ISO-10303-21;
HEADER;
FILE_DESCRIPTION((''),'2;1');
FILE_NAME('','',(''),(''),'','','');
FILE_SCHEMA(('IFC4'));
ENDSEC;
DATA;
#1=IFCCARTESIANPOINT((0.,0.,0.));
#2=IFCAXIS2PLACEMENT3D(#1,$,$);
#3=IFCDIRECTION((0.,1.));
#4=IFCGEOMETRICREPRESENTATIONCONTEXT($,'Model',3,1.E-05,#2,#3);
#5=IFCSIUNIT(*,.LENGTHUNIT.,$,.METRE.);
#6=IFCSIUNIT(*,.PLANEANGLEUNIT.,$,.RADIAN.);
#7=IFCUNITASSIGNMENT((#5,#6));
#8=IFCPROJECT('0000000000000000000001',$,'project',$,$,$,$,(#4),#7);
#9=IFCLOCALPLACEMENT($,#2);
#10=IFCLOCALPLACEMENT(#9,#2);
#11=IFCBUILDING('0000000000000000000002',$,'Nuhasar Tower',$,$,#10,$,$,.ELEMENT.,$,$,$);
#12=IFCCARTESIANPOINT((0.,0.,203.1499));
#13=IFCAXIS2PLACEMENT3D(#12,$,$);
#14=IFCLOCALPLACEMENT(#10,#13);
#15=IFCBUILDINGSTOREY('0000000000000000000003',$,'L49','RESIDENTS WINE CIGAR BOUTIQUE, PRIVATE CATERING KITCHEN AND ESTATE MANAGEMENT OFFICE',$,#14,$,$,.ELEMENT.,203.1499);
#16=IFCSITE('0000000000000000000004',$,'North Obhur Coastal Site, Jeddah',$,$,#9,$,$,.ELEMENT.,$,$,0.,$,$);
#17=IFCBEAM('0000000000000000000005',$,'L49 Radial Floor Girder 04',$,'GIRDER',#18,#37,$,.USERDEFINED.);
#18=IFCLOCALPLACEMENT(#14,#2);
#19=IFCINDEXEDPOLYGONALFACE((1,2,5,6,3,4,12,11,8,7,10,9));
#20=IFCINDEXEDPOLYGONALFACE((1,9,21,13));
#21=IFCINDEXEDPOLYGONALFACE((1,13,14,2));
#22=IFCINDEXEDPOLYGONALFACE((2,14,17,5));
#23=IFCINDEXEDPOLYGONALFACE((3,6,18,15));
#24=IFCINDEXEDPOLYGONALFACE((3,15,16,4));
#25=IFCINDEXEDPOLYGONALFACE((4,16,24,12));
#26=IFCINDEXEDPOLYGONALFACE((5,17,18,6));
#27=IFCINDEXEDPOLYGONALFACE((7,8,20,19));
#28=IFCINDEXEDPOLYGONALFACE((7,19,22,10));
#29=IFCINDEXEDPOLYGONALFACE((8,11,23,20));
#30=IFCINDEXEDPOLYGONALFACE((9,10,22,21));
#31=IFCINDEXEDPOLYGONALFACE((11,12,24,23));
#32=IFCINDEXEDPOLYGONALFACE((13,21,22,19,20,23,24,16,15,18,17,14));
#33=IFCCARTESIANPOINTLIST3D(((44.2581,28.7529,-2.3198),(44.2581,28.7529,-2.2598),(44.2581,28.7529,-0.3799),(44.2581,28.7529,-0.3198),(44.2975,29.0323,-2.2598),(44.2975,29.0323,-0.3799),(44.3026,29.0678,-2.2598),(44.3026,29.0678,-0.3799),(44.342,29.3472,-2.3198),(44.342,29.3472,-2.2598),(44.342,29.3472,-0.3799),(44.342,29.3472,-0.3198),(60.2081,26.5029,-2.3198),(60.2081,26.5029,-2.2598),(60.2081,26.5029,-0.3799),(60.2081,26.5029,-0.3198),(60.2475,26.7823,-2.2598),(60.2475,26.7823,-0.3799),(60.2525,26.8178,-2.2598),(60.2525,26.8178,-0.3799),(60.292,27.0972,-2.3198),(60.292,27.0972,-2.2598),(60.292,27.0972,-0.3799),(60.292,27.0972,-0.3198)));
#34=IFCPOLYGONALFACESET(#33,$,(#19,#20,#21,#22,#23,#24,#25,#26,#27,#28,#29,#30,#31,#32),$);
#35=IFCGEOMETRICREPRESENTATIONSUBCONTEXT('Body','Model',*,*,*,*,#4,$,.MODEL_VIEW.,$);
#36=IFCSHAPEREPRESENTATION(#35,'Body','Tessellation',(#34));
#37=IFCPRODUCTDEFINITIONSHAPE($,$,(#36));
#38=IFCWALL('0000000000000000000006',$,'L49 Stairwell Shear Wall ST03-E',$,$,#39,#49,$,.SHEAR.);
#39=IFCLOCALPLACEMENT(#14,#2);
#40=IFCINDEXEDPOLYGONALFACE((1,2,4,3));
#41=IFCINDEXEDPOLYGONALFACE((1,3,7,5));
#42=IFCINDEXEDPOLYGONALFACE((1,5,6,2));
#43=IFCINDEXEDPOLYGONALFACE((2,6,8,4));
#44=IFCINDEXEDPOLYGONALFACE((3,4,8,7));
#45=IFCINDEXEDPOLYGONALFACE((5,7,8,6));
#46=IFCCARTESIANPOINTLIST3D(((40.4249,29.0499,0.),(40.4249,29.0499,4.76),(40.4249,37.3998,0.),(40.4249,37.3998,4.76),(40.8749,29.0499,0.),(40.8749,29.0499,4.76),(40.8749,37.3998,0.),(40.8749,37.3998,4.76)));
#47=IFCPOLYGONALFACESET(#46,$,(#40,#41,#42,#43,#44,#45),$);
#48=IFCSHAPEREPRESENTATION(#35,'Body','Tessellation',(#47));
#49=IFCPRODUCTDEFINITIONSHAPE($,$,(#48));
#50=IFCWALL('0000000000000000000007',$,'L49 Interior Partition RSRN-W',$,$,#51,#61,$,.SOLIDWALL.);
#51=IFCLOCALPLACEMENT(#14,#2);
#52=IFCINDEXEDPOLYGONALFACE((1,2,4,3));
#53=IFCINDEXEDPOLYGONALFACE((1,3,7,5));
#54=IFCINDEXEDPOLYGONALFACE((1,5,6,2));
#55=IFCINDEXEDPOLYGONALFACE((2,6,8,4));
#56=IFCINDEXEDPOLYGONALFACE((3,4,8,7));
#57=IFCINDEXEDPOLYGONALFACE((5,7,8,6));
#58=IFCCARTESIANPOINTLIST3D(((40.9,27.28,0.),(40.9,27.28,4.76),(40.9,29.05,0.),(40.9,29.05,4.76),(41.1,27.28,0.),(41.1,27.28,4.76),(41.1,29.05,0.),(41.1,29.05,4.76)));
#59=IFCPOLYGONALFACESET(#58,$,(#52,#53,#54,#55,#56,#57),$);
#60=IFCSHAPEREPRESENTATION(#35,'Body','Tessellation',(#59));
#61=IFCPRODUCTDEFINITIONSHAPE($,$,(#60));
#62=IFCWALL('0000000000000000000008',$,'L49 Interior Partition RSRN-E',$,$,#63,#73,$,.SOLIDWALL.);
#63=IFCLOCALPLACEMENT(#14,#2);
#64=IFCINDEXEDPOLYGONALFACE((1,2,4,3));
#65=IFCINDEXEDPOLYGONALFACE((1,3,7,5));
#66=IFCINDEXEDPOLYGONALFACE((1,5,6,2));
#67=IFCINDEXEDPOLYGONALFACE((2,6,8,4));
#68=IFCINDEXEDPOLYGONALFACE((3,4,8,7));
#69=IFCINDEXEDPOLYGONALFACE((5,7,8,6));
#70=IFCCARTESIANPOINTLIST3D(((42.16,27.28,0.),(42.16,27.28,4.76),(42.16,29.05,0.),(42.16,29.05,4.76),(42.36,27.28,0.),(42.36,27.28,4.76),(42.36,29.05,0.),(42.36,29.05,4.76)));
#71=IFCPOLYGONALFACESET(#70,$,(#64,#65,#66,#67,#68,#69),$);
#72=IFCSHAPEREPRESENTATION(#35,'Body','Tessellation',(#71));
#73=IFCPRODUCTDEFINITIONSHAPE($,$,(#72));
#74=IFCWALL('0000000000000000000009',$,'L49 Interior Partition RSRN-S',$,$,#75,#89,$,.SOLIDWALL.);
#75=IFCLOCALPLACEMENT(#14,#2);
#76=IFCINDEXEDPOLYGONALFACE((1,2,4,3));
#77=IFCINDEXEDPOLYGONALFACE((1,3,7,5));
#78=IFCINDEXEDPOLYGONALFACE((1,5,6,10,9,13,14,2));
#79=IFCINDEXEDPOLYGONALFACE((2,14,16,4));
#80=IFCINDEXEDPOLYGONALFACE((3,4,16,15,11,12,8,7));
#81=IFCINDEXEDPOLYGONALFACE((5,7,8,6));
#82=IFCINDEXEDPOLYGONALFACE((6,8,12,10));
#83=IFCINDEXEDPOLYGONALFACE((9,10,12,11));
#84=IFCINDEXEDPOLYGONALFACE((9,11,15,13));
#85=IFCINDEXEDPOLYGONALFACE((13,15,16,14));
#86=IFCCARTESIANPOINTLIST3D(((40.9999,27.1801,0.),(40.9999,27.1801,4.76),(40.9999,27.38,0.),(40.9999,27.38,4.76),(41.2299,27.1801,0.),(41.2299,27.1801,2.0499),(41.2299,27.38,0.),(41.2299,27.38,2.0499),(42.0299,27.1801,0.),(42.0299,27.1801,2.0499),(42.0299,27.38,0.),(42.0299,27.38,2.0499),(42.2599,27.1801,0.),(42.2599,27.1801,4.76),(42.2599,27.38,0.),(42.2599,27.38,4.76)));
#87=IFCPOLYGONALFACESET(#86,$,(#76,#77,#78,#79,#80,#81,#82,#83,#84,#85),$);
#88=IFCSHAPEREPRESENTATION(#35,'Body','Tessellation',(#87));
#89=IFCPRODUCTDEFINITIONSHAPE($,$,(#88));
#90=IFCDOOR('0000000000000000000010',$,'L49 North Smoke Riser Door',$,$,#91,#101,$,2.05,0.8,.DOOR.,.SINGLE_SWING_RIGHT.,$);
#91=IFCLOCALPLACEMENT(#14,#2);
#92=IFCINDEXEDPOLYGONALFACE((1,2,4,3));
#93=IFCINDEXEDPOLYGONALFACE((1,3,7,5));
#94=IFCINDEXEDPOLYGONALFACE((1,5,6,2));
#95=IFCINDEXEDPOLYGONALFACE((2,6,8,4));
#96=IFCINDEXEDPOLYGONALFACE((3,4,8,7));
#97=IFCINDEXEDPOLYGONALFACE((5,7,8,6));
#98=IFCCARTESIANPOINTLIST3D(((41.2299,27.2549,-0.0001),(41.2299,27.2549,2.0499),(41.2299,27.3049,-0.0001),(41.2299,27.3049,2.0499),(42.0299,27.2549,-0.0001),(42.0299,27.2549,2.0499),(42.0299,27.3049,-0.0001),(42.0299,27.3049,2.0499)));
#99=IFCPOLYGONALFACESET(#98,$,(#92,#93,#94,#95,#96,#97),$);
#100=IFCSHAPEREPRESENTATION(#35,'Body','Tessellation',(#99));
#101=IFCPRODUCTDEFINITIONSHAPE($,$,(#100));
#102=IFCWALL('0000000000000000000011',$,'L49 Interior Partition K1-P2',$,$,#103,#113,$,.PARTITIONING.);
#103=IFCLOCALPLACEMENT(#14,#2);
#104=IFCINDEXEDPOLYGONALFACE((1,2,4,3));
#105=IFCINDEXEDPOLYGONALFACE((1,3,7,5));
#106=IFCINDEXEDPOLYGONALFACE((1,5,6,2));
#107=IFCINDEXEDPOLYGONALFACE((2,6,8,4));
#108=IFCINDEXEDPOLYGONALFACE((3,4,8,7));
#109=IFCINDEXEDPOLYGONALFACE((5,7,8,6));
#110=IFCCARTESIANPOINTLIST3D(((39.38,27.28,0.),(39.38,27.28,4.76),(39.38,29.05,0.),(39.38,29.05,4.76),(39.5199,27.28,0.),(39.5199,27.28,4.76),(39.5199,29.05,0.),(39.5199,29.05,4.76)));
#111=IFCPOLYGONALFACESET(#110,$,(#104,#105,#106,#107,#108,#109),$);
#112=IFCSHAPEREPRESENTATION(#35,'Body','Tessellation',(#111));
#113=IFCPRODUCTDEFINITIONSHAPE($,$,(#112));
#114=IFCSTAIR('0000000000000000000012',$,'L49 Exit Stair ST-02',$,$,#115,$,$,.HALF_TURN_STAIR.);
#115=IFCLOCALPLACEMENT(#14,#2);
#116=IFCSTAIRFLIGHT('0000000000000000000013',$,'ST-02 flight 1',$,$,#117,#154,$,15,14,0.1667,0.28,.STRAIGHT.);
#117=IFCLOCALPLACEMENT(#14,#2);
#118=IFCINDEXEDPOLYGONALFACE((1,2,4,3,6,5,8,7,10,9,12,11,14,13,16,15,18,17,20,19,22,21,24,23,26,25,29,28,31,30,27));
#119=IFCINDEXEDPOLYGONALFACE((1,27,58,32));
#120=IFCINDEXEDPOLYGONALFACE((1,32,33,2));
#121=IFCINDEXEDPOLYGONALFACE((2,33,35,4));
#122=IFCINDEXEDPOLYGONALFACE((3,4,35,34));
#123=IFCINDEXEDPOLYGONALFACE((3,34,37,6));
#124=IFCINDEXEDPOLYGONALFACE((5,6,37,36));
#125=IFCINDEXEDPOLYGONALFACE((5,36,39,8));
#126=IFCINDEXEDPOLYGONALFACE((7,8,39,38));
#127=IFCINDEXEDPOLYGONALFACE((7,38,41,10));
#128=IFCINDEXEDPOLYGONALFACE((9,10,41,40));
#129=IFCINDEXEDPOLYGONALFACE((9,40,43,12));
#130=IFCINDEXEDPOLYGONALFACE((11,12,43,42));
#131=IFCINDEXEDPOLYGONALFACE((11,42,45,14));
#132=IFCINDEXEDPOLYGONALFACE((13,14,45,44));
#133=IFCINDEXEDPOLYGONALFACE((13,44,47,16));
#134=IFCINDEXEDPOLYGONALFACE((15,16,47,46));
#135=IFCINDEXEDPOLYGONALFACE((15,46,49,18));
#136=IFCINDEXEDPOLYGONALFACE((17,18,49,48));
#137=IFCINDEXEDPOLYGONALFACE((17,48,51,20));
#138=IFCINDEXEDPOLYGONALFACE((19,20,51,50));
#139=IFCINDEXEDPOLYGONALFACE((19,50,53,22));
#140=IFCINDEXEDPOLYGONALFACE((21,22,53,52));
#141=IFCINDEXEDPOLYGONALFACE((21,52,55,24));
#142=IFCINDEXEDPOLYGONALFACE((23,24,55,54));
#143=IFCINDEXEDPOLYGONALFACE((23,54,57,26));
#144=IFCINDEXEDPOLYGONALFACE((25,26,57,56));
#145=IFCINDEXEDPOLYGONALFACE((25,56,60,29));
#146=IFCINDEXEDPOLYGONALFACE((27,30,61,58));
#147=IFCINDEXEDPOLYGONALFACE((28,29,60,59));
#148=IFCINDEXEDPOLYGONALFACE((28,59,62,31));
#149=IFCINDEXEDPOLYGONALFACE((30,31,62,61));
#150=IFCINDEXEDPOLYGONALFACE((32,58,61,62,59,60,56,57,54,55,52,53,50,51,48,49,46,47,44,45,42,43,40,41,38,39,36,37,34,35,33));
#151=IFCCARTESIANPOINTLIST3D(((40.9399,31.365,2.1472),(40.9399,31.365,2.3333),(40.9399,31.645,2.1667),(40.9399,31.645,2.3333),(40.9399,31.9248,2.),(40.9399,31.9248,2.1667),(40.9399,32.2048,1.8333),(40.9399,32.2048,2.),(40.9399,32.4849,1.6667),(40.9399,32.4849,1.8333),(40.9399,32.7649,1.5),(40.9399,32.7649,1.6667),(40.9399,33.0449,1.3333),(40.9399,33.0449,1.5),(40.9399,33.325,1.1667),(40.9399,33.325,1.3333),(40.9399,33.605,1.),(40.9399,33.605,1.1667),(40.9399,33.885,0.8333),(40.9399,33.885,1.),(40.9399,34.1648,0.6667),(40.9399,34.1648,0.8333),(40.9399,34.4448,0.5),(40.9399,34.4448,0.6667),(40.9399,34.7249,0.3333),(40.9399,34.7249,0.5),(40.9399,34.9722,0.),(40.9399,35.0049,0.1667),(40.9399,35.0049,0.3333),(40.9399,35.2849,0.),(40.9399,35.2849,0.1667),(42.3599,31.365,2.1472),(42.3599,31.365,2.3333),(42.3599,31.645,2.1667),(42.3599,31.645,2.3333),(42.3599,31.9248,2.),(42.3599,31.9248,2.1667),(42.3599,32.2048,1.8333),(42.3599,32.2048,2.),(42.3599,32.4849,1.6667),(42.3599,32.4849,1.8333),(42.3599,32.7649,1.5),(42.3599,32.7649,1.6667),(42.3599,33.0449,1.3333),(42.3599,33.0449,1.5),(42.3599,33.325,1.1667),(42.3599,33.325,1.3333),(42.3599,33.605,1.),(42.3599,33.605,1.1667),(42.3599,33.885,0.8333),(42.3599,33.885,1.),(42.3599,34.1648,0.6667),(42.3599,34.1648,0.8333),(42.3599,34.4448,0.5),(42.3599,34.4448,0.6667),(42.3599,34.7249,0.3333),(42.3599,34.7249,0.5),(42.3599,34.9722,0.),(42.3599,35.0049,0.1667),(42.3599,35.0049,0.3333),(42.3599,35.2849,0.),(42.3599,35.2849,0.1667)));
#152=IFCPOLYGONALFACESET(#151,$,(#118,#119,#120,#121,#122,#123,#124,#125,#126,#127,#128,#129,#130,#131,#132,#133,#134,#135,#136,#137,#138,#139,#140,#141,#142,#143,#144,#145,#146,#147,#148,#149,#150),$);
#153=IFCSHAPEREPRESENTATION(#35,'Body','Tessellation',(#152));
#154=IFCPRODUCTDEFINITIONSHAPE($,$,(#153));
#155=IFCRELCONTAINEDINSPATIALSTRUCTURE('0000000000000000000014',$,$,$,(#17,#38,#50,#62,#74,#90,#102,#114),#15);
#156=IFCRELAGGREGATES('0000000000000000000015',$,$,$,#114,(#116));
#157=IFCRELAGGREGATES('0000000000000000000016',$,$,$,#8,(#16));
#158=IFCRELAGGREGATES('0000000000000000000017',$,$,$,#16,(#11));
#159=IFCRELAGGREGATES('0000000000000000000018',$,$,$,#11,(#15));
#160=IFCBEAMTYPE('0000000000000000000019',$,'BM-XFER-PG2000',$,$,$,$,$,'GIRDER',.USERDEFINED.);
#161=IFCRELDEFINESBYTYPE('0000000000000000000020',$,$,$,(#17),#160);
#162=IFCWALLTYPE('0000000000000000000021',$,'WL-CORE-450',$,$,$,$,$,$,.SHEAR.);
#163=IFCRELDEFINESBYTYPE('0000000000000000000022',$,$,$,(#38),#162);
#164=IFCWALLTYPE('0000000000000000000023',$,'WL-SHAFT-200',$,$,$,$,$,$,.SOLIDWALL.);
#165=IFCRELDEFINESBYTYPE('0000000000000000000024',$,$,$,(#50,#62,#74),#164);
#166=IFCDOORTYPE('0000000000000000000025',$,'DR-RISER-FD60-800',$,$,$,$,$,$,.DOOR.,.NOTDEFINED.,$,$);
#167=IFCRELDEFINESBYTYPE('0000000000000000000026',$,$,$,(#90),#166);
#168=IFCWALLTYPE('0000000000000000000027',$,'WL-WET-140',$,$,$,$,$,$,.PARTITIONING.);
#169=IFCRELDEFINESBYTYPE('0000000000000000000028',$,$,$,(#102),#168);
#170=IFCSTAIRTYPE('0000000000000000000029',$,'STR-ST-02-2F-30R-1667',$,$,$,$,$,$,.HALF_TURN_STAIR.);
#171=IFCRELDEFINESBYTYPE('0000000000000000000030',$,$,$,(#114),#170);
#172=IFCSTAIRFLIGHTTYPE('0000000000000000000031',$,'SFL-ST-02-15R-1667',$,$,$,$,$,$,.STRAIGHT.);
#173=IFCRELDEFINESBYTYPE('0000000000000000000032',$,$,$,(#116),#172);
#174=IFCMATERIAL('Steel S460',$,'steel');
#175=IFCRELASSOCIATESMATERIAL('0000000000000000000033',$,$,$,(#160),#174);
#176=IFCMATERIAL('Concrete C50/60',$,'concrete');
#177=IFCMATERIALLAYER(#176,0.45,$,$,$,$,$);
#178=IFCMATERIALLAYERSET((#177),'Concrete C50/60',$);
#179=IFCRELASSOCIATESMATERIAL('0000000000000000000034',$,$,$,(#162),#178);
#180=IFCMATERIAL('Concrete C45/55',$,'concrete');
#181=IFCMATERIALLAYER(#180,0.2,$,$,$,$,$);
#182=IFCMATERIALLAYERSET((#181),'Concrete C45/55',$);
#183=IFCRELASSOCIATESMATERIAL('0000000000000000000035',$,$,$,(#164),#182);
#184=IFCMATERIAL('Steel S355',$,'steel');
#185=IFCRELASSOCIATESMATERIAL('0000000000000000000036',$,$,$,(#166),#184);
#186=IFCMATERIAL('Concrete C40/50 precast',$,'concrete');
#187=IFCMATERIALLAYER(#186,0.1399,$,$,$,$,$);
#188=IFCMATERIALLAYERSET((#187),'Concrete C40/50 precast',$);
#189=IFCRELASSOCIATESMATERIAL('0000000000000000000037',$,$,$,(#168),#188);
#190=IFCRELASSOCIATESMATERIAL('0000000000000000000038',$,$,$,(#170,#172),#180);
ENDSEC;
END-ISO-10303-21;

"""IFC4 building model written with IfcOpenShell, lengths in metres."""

from ifc_helpers import new_model, si_unit, direction, frame, frame_2d, origin, origin_2d, place, context, subcontext, project, spatial, polyline, rectangle, i_section, outline, extrude, material, layer, layer_set, material_profile, profile_set, type_object, element, fill, aggregate, save


model = new_model("IFC4")

# Units and contexts
model_context = context("Model", 3, precision=1e-05, world=origin(), true_north=direction((0.0, 1.0)))
body_context = subcontext(model_context, "Body", "Model", "MODEL_VIEW")
ifc_project = project(units=[si_unit("LENGTHUNIT", "METRE"), si_unit("PLANEANGLEUNIT", "RADIAN")], contexts=[model_context])

# Site, building, storey
site_placement = place(None, origin())
site = spatial("IfcSite", under=ifc_project, at=site_placement, Name="North Obhur Coastal Site, Jeddah", CompositionType="ELEMENT", RefElevation=0.0)
building_placement = place(site_placement, origin())
building = spatial("IfcBuilding", under=site, at=building_placement, Name="Nuhasar Tower", CompositionType="ELEMENT")
storey_placement = place(building_placement, frame((0.0, 0.0, 203.1499)))
storey = spatial("IfcBuildingStorey", under=building, at=storey_placement, Name="L49", Description="RESIDENTS WINE CIGAR BOUTIQUE, PRIVATE CATERING KITCHEN AND ESTATE MANAGEMENT OFFICE", CompositionType="ELEMENT", Elevation=203.1499)

# Beam
ifc_material_1 = material(Name="Steel S460", Category="steel")
ifc_material_profile = material_profile(ifc_material_1, i_section(OverallWidth=0.6001, OverallDepth=2.0, WebThickness=0.0359, FlangeThickness=0.0601, at=origin_2d()), Name="PG2000X600")
ifc_profile_set = profile_set([ifc_material_profile], Name="Steel S460")
beam_type = type_object("IfcBeamType", Name="BM-XFER-PG2000", ElementType="GIRDER", PredefinedType="USERDEFINED", material=ifc_profile_set)
beam_placement = place(storey_placement, frame((44.3, 29.05, -1.3198), z_axis=(0.990196, -0.139683, 0.0), x_axis=(0.139683, 0.990196, 0.0)))
element("IfcBeam", 1, at=beam_placement, inside=storey, type_object=beam_type, Name="L49 Radial Floor Girder 04", ObjectType="GIRDER", PredefinedType="USERDEFINED", context=body_context, shape_type="SweptSolid", body=[
    extrude(i_section(OverallWidth=0.6001, OverallDepth=2.0, WebThickness=0.0359, FlangeThickness=0.0601, at=origin_2d()), origin(), (0.0, 0.0, 1.0), 16.1079),
])

# Shared definitions
ifc_material_2 = material(Name="Concrete C50/60", Category="concrete")
ifc_layer_1 = layer(ifc_material_2, 0.45)
ifc_layer_set_1 = layer_set([ifc_layer_1], Name="Concrete C50/60")
wall_type_1 = type_object("IfcWallType", Name="WL-CORE-450", PredefinedType="SHEAR", material=ifc_layer_set_1)
ifc_material_3 = material(Name="Steel S355", Category="steel")

# Walls
wall_1_placement = place(storey_placement, frame((40.6499, 29.05, 0.0), z_axis=(0.0, 0.0, 1.0), x_axis=(0.0, 1.0, 0.0)))
element("IfcWall", 2, at=wall_1_placement, inside=storey, type_object=wall_type_1, Name="L49 Stairwell Shear Wall ST03-E", PredefinedType="SHEAR", context=body_context, shape_type="SweptSolid", body=[
    extrude(rectangle(XDim=8.3499, YDim=0.45, at=frame_2d((4.1748, 0.0))), origin(), (0.0, 0.0, 1.0), 4.76),
])
ifc_material_4 = material(Name="Concrete C45/55", Category="concrete")
ifc_layer_2 = layer(ifc_material_4, 0.2)
ifc_layer_set_2 = layer_set([ifc_layer_2], Name="Concrete C45/55")
wall_type_2 = type_object("IfcWallType", Name="WL-SHAFT-200", PredefinedType="SOLIDWALL", material=ifc_layer_set_2)
for number, where, z_axis, x_axis, name in (
    (3, (41.0, 27.28, 0.0), (0.0, 0.0, 1.0), (0.0, 1.0, 0.0), "L49 Interior Partition RSRN-W"),
    (4, (42.26, 27.28, 0.0), (0.0, 0.0, 1.0), (0.0, 1.0, 0.0), "L49 Interior Partition RSRN-E"),
):
    element("IfcWall", number, at=place(storey_placement, frame(where, z_axis=z_axis, x_axis=x_axis)), inside=storey, type_object=wall_type_2, Name=name, PredefinedType="SOLIDWALL", context=body_context, shape_type="SweptSolid", body=[
        extrude(rectangle(XDim=1.77, YDim=0.2, at=frame_2d((0.885, 0.0))), origin(), (0.0, 0.0, 1.0), 4.76),
    ])

# Wall, opening, door
wall_2_placement = place(storey_placement, frame((41.0, 27.28, 0.0), z_axis=(0.0, 0.0, 1.0), x_axis=(1.0, 0.0, 0.0)))
wall_2 = element("IfcWall", 5, at=wall_2_placement, inside=storey, type_object=wall_type_2, Name="L49 Interior Partition RSRN-S", PredefinedType="SOLIDWALL", context=body_context, shape_type="SweptSolid", body=[
    extrude(rectangle(XDim=1.26, YDim=0.2, at=frame_2d((0.6299, 0.0))), origin(), (0.0, 0.0, 1.0), 4.76),
])
opening_1_placement = place(wall_2_placement, frame((0.23, 0.0, 0.0)))
opening_1 = element("IfcOpeningElement", 6, at=opening_1_placement, cuts=wall_2, PredefinedType="OPENING", context=body_context, shape_type="SweptSolid", body=[
    extrude(rectangle(XDim=0.8, YDim=2.05, at=frame_2d((0.3999, 1.0249))), frame((0.0, 0.1099, 0.0), z_axis=(0.0, -1.0, 0.0), x_axis=(1.0, 0.0, 0.0)), (0.0, 0.0, 1.0), 0.22),
])
door_type_1 = type_object("IfcDoorType", Name="DR-RISER-FD60-800", OperationType="NOTDEFINED", PredefinedType="DOOR", material=ifc_material_3)
door_1_placement = place(opening_1_placement, origin())
door_1 = element("IfcDoor", 7, at=door_1_placement, inside=storey, type_object=door_type_1, Name="L49 North Smoke Riser Door", OperationType="SINGLE_SWING_RIGHT", OverallHeight=2.05, OverallWidth=0.8, PredefinedType="DOOR", context=body_context, shape_type="SweptSolid", body=[
    extrude(rectangle(XDim=0.8, YDim=2.05, at=frame_2d((0.3999, 1.0249))), frame((0.0, 0.0249, 0.0), z_axis=(0.0, -1.0, 0.0), x_axis=(1.0, 0.0, 0.0)), (0.0, 0.0, 1.0), 0.05),
])
fill(opening_1, door_1)

# Wall
ifc_material_5 = material(Name="Concrete C40/50 precast", Category="concrete")
ifc_layer_3 = layer(ifc_material_5, 0.1399)
ifc_layer_set_3 = layer_set([ifc_layer_3], Name="Concrete C40/50 precast")
wall_type_3 = type_object("IfcWallType", Name="WL-WET-140", PredefinedType="PARTITIONING", material=ifc_layer_set_3)
wall_3_placement = place(storey_placement, frame((39.45, 27.28, 0.0), z_axis=(0.0, 0.0, 1.0), x_axis=(0.0, 1.0, 0.0)))
element("IfcWall", 8, at=wall_3_placement, inside=storey, type_object=wall_type_3, Name="L49 Interior Partition K1-P2", PredefinedType="PARTITIONING", context=body_context, shape_type="SweptSolid", body=[
    extrude(rectangle(XDim=1.77, YDim=0.1399, at=frame_2d((0.885, 0.0))), origin(), (0.0, 0.0, 1.0), 4.76),
])

# Stair, stair flight
stair_type_1 = type_object("IfcStairType", Name="STR-ST-02-2F-30R-1667", PredefinedType="HALF_TURN_STAIR", material=ifc_material_4)
stair_1_placement = place(storey_placement, origin())
stair_1 = element("IfcStair", 9, at=stair_1_placement, inside=storey, type_object=stair_type_1, Name="L49 Exit Stair ST-02", PredefinedType="HALF_TURN_STAIR")
stair_flight_type_1 = type_object("IfcStairFlightType", Name="SFL-ST-02-15R-1667", PredefinedType="STRAIGHT", material=ifc_material_4)
stair_flight_1_placement = place(storey_placement, frame((41.6499, 35.2849, 0.0), z_axis=(0.0, 0.0, 1.0), x_axis=(0.0, -1.0, 0.0)))
stair_flight_1 = element("IfcStairFlight", 10, at=stair_flight_1_placement, type_object=stair_flight_type_1, Name="ST-02 flight 1", NumberOfRisers=15, NumberOfTreads=14, PredefinedType="STRAIGHT", RiserHeight=0.1667, TreadLength=0.28, context=body_context, shape_type="SweptSolid", body=[
    extrude(outline(polyline([(0.0, 0.0), (0.0, 0.1667), (0.28, 0.1667), (0.28, 0.3333), (0.5601, 0.3333), (0.5601, 0.5), (0.8401, 0.5), (0.8401, 0.6667), (1.1201, 0.6667), (1.1201, 0.8333), (1.3999, 0.8333), (1.3999, 1.0), (1.6799, 1.0), (1.6799, 1.1667), (1.96, 1.1667), (1.96, 1.3333), (2.24, 1.3333), (2.24, 1.5), (2.52, 1.5), (2.52, 1.6667), (2.8, 1.6667), (2.8, 1.8333), (3.0801, 1.8333), (3.0801, 2.0), (3.3601, 2.0), (3.3601, 2.1667), (3.6399, 2.1667), (3.6399, 2.3333), (3.9199, 2.3333), (3.9199, 2.5), (3.9199, 2.1472), (0.3127, 0.0), (0.0, 0.0)])), frame((0.0, 0.71, 0.0), z_axis=(0.0, -1.0, 0.0), x_axis=(1.0, 0.0, 0.0)), (0.0, 0.0, 1.0), 1.4199),
])
aggregate(stair_1, [stair_flight_1])

save(model, "model.ifc")
